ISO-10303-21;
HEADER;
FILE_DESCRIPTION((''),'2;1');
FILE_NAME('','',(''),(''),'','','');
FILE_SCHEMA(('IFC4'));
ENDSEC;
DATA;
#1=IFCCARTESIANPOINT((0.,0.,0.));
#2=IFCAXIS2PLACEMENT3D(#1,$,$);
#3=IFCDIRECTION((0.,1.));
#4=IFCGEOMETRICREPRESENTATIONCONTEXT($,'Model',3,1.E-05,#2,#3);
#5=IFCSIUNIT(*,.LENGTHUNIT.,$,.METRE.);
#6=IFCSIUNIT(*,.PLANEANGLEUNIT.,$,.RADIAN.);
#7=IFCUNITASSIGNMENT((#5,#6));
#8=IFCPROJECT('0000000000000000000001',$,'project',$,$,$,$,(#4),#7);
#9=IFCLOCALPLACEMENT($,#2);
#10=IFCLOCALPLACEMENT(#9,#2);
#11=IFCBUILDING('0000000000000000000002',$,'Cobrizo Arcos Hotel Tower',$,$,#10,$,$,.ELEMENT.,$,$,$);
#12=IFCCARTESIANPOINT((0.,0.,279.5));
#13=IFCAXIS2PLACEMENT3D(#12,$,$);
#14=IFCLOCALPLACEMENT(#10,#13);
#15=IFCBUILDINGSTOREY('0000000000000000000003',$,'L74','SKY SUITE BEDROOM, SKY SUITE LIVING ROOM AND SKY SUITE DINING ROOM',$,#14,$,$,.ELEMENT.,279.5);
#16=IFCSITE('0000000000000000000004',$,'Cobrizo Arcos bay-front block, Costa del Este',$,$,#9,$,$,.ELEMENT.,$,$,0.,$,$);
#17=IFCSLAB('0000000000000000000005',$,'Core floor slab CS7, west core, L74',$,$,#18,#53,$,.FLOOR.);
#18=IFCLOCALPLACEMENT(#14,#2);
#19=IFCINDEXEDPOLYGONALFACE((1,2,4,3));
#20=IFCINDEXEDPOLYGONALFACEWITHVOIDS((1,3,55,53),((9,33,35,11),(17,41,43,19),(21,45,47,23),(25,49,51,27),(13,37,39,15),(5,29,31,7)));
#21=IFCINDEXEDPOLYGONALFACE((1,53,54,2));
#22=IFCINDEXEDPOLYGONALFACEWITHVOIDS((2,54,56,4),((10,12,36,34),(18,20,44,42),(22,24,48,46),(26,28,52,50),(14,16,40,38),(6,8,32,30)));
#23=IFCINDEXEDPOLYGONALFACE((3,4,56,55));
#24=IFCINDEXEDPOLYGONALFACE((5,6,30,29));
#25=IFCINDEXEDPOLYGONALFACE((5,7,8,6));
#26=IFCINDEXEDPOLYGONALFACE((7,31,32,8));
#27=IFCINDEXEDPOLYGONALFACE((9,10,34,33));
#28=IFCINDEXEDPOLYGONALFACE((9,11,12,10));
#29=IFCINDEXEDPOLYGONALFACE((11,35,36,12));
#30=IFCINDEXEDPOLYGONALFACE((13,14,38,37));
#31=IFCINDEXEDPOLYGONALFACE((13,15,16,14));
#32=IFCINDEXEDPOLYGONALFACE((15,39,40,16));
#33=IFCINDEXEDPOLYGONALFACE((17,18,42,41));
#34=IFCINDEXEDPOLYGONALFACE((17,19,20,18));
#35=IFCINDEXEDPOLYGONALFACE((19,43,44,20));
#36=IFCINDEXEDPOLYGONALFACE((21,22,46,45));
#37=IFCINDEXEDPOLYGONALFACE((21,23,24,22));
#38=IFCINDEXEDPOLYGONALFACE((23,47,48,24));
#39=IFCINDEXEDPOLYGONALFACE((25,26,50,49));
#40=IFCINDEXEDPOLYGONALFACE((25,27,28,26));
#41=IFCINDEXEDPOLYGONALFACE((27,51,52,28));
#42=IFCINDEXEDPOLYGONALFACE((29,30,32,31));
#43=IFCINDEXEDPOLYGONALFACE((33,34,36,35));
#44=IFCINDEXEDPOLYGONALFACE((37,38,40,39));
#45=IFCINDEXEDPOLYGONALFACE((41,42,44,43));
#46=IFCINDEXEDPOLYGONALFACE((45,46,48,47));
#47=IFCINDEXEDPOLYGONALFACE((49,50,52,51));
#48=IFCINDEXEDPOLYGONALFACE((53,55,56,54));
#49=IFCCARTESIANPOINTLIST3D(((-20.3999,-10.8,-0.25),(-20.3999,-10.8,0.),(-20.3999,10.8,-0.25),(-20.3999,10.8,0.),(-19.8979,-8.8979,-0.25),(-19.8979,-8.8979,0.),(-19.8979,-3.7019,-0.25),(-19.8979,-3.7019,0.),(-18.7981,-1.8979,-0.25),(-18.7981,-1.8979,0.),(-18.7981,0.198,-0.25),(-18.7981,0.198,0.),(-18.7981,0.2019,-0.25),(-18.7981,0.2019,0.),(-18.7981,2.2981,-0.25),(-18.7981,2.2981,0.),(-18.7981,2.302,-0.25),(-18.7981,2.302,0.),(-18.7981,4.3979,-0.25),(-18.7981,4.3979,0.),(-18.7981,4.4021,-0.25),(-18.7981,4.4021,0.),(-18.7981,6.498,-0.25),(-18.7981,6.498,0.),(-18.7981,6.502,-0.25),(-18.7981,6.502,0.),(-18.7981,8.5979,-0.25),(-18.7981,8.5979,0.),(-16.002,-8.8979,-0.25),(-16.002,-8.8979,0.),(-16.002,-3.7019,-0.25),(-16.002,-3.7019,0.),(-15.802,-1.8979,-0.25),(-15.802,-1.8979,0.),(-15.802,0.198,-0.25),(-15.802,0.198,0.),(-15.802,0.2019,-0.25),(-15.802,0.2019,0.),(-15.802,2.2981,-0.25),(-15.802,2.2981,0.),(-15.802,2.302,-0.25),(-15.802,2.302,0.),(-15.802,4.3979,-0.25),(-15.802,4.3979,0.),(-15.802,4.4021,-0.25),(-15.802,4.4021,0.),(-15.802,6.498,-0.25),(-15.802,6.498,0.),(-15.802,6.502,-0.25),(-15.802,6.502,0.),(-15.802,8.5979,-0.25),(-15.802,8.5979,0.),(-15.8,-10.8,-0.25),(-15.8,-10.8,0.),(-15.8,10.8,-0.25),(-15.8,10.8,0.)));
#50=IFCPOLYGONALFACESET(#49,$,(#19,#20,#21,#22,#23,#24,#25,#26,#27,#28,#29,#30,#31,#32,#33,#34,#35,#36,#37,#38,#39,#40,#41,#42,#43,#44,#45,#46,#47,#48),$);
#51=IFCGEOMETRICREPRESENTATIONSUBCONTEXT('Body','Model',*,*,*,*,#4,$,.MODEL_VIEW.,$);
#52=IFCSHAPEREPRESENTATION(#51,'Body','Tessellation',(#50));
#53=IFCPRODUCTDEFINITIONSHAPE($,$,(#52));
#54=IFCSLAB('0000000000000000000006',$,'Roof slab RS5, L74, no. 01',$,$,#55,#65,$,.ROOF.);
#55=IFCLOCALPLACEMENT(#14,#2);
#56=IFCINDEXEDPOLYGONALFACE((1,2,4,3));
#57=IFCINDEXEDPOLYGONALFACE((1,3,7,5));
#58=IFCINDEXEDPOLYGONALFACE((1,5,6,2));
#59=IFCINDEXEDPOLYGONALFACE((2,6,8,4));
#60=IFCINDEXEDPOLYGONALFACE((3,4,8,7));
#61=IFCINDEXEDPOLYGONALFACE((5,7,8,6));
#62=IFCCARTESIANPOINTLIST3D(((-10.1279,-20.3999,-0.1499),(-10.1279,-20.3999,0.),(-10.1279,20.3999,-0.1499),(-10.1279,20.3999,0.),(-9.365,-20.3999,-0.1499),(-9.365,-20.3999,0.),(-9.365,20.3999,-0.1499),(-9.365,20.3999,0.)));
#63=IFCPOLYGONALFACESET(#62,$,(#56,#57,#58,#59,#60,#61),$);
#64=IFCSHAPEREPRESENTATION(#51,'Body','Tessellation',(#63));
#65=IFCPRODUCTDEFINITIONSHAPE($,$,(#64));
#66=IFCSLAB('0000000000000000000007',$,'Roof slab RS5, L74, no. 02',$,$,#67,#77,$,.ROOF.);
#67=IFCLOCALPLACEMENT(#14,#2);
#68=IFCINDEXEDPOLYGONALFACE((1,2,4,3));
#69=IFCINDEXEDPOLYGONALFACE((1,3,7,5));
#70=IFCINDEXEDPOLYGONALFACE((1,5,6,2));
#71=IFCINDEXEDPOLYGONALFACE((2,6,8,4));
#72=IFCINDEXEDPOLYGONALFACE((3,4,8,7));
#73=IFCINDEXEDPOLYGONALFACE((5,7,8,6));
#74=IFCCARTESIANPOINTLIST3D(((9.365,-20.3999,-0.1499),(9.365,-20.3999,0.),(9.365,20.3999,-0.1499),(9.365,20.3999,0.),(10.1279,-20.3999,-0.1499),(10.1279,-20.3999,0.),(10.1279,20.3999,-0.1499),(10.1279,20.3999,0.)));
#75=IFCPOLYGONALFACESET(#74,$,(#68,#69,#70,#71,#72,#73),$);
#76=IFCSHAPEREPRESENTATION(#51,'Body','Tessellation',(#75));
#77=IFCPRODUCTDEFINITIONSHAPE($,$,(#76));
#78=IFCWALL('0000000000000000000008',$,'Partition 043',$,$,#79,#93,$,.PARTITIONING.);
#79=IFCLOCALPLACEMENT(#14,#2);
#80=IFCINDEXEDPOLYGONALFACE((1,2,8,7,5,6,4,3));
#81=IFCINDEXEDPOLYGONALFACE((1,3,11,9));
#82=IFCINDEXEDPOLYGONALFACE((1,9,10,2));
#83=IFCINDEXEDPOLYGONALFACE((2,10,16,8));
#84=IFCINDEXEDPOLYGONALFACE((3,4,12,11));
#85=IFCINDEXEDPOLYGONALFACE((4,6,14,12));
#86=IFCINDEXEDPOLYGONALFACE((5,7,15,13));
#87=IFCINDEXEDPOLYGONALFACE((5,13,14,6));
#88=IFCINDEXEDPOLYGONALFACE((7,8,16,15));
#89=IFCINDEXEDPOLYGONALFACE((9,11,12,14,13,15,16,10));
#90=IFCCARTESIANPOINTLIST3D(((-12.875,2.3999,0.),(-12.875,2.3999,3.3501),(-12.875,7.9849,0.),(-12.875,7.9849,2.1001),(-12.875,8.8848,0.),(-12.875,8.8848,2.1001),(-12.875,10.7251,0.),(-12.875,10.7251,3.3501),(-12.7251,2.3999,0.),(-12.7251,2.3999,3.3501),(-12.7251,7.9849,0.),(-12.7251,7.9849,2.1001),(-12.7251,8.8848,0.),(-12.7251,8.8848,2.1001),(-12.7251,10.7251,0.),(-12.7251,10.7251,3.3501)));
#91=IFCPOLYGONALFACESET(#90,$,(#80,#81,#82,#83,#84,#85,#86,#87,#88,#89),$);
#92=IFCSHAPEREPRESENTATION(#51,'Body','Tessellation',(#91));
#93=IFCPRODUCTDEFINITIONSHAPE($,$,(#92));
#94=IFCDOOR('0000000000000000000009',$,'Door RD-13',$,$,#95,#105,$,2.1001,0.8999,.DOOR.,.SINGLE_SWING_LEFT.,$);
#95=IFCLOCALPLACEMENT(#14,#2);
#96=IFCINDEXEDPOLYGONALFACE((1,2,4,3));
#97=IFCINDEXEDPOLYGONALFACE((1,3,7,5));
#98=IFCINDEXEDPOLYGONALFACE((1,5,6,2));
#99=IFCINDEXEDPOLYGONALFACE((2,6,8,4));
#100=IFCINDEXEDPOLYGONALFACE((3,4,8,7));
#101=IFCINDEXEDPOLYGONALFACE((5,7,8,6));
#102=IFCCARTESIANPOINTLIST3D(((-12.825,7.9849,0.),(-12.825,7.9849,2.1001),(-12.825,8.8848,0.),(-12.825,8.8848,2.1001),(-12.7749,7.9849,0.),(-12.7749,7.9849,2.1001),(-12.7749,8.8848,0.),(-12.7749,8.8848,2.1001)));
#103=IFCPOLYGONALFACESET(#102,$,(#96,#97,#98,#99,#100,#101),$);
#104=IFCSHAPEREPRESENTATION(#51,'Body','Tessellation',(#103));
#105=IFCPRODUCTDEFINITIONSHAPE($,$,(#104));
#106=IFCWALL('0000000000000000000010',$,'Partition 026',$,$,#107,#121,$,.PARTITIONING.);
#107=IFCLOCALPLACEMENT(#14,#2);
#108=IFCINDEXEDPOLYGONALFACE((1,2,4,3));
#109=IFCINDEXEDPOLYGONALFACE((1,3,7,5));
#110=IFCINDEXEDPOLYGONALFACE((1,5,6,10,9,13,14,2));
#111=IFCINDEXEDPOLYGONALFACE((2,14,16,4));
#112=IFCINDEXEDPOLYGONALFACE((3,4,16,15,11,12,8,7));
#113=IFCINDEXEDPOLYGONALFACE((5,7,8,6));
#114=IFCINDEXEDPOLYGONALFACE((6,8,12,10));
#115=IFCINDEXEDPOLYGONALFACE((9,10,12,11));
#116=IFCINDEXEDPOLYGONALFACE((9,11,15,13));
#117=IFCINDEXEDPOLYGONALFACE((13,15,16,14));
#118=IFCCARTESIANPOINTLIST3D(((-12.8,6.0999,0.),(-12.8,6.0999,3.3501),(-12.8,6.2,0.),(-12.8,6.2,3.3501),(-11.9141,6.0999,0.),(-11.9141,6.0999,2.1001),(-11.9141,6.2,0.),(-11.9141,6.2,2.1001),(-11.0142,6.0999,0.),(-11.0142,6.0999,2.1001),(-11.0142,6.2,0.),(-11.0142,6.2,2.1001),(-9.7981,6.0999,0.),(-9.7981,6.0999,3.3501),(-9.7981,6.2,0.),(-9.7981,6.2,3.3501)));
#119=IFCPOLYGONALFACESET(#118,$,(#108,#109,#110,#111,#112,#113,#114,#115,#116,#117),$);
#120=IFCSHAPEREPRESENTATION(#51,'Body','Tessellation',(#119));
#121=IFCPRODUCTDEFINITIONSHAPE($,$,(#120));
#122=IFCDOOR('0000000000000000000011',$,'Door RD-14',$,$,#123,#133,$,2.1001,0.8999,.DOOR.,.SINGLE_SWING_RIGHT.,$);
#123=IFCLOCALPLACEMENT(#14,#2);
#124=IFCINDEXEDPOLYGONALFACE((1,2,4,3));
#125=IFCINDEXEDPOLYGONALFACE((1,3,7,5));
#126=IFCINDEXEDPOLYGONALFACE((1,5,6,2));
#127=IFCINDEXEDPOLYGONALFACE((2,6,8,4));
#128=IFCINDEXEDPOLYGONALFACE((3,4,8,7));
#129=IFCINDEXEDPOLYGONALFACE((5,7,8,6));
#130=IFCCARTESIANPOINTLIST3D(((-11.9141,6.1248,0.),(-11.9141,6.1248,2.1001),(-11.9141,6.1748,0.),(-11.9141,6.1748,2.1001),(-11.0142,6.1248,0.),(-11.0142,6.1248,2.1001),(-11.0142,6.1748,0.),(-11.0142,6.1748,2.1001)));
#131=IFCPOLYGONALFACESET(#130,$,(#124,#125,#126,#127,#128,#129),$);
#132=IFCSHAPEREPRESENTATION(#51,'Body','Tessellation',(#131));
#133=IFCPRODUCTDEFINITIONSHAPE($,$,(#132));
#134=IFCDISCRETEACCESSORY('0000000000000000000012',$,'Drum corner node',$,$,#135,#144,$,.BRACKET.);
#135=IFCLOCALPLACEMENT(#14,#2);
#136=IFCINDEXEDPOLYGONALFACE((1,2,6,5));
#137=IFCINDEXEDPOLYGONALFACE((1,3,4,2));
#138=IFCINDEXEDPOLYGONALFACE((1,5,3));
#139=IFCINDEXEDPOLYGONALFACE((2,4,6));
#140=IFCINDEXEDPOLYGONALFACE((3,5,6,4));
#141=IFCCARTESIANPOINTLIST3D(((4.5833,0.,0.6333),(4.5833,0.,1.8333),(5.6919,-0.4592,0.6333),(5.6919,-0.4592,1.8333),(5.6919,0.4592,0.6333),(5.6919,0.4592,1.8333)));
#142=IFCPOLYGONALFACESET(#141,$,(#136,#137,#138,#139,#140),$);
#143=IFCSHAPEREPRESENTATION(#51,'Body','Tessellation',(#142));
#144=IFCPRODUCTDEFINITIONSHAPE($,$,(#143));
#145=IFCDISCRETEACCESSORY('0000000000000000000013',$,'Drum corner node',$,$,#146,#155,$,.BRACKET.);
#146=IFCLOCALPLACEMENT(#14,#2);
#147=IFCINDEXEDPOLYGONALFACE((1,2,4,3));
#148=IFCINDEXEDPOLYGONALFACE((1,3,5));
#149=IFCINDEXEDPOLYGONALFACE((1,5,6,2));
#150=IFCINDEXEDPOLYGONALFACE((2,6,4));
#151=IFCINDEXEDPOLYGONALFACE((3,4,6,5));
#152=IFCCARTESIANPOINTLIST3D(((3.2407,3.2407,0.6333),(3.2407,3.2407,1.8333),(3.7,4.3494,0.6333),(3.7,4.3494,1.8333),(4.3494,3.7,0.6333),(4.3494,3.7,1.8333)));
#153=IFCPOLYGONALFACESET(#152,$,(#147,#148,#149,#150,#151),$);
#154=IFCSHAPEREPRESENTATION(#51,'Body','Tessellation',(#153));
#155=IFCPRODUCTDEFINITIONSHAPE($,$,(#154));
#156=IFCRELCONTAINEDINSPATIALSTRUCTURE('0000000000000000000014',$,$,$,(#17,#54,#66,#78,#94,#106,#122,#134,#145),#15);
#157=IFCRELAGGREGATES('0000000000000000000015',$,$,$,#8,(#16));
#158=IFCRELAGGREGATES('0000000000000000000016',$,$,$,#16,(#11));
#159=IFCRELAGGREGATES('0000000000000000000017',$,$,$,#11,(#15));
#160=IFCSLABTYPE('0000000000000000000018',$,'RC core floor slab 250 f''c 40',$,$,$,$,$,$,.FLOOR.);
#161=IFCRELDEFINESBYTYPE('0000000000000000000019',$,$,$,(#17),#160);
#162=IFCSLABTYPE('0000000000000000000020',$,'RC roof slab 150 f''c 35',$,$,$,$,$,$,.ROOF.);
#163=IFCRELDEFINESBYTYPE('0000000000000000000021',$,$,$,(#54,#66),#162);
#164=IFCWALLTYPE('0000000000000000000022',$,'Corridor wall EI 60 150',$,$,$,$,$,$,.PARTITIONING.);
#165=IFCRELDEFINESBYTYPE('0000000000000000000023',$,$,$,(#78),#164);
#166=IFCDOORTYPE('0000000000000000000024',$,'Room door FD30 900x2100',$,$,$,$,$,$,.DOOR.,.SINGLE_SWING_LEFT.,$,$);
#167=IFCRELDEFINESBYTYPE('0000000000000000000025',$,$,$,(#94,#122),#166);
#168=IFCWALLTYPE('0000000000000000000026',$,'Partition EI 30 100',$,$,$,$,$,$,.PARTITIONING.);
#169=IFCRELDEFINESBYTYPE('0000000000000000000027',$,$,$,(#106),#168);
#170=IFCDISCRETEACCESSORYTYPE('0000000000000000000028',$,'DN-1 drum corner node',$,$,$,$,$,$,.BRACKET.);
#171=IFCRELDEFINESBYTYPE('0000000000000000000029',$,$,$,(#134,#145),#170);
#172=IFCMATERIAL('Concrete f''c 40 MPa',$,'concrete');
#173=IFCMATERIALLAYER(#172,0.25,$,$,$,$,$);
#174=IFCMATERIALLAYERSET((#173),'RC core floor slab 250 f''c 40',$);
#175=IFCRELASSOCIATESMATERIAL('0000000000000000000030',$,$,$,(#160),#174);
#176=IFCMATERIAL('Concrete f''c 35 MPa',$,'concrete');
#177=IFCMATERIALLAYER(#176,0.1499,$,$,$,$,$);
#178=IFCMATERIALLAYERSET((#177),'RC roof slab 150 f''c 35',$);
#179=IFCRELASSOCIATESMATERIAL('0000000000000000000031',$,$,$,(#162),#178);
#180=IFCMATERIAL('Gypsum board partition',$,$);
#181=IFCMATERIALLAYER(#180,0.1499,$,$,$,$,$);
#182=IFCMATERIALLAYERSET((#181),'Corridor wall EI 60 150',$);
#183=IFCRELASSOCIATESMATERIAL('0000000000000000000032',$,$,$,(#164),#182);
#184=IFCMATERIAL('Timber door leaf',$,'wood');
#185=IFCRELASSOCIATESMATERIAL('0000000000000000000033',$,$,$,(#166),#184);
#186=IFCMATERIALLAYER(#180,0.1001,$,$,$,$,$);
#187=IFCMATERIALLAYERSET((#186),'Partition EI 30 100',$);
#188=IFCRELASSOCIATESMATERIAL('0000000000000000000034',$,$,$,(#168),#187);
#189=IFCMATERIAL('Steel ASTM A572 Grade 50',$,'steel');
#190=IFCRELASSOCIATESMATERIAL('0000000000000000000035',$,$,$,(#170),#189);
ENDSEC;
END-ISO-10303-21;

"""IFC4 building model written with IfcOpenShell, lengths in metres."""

from ifc_helpers import new_model, si_unit, direction, frame, frame_2d, origin, place, context, subcontext, project, spatial, polyline, rectangle, outline, extrude, material, layer, layer_set, type_object, element, fill, save


model = new_model("IFC4")

# Units and contexts
model_context = context("Model", 3, precision=1e-05, world=origin(), true_north=direction((0.0, 1.0)))
body_context = subcontext(model_context, "Body", "Model", "MODEL_VIEW")
ifc_project = project(units=[si_unit("LENGTHUNIT", "METRE"), si_unit("PLANEANGLEUNIT", "RADIAN")], contexts=[model_context])

# Site, building, storey
site_placement = place(None, origin())
site = spatial("IfcSite", under=ifc_project, at=site_placement, Name="Cobrizo Arcos bay-front block, Costa del Este", CompositionType="ELEMENT", RefElevation=0.0)
building_placement = place(site_placement, origin())
building = spatial("IfcBuilding", under=site, at=building_placement, Name="Cobrizo Arcos Hotel Tower", CompositionType="ELEMENT")
storey_placement = place(building_placement, frame((0.0, 0.0, 279.5)))
storey = spatial("IfcBuildingStorey", under=building, at=storey_placement, Name="L74", Description="SKY SUITE BEDROOM, SKY SUITE LIVING ROOM AND SKY SUITE DINING ROOM", CompositionType="ELEMENT", Elevation=279.5)

# Shared definitions
ifc_material_1 = material(Name="Steel ASTM A572 Grade 50", Category="steel")

# Slabs
ifc_material_2 = material(Name="Concrete f'c 35 MPa", Category="concrete")
ifc_material_3 = material(Name="Concrete f'c 40 MPa", Category="concrete")
ifc_layer_1 = layer(ifc_material_3, 0.25)
ifc_layer_set_1 = layer_set([ifc_layer_1], Name="RC core floor slab 250 f'c 40")
slab_type_1 = type_object("IfcSlabType", Name="RC core floor slab 250 f'c 40", PredefinedType="FLOOR", material=ifc_layer_set_1)
slab_1_placement = place(storey_placement, frame((0.0, 0.0, -0.25)))
element("IfcSlab", 1, at=slab_1_placement, inside=storey, type_object=slab_type_1, Name="Core floor slab CS7, west core, L74", PredefinedType="FLOOR", context=body_context, shape_type="SweptSolid", body=[
    extrude(outline(polyline([(-20.3999, 10.8), (-15.8, 10.8), (-15.8, -10.8), (-20.3999, -10.8), (-20.3999, 10.8)]), holes=[polyline([(-19.8979, -3.7019), (-19.8979, -8.8979), (-16.002, -8.8979), (-16.002, -3.7019), (-19.8979, -3.7019)]), polyline([(-18.7981, 0.198), (-18.7981, -1.8979), (-15.802, -1.8979), (-15.802, 0.198), (-18.7981, 0.198)]), polyline([(-18.7981, 2.2981), (-18.7981, 0.2019), (-15.802, 0.2019), (-15.802, 2.2981), (-18.7981, 2.2981)]), polyline([(-18.7981, 4.3979), (-18.7981, 2.302), (-15.802, 2.302), (-15.802, 4.3979), (-18.7981, 4.3979)]), polyline([(-15.802, 6.498), (-18.7981, 6.498), (-18.7981, 4.4021), (-15.802, 4.4021), (-15.802, 6.498)]), polyline([(-15.802, 8.5979), (-18.7981, 8.5979), (-18.7981, 6.502), (-15.802, 6.502), (-15.802, 8.5979)])]), origin(), (0.0, 0.0, 1.0), 0.25),
])
ifc_layer_2 = layer(ifc_material_2, 0.1499)
ifc_layer_set_2 = layer_set([ifc_layer_2], Name="RC roof slab 150 f'c 35")
slab_type_2 = type_object("IfcSlabType", Name="RC roof slab 150 f'c 35", PredefinedType="ROOF", material=ifc_layer_set_2)
slab_2_placement = place(storey_placement, frame((0.0, 0.0, -0.1499)))
element("IfcSlab", 2, at=slab_2_placement, inside=storey, type_object=slab_type_2, Name="Roof slab RS5, L74, no. 01", PredefinedType="ROOF", context=body_context, shape_type="SweptSolid", body=[
    extrude(outline(polyline([(-10.1279, -20.3999), (-10.1279, 20.3999), (-9.365, 20.3999), (-9.365, -20.3999), (-10.1279, -20.3999)])), origin(), (0.0, 0.0, 1.0), 0.1499),
])
slab_3_placement = place(storey_placement, frame((0.0, 0.0, -0.1499)))
element("IfcSlab", 3, at=slab_3_placement, inside=storey, type_object=slab_type_2, Name="Roof slab RS5, L74, no. 02", PredefinedType="ROOF", context=body_context, shape_type="SweptSolid", body=[
    extrude(outline(polyline([(10.1279, 20.3999), (10.1279, -20.3999), (9.365, -20.3999), (9.365, 20.3999), (10.1279, 20.3999)])), origin(), (0.0, 0.0, 1.0), 0.1499),
])

# Walls, openings, doors
ifc_material_4 = material(Name="Gypsum board partition")
ifc_layer_3 = layer(ifc_material_4, 0.1499)
ifc_layer_set_3 = layer_set([ifc_layer_3], Name="Corridor wall EI 60 150")
wall_type_1 = type_object("IfcWallType", Name="Corridor wall EI 60 150", PredefinedType="PARTITIONING", material=ifc_layer_set_3)
wall_1_placement = place(storey_placement, frame((-12.8, 2.3999, 0.0), z_axis=(0.0, 0.0, 1.0), x_axis=(0.0, 1.0, 0.0)))
wall_1 = element("IfcWall", 4, at=wall_1_placement, inside=storey, type_object=wall_type_1, Name="Partition 043", PredefinedType="PARTITIONING", context=body_context, shape_type="SweptSolid", body=[
    extrude(rectangle(XDim=8.3252, YDim=0.1499, at=frame_2d((4.1626, 0.0))), origin(), (0.0, 0.0, 1.0), 3.3501),
])
opening_1_placement = place(wall_1_placement, frame((5.585, 0.0, 0.0)))
opening_1 = element("IfcOpeningElement", 5, at=opening_1_placement, cuts=wall_1, PredefinedType="OPENING", context=body_context, shape_type="SweptSolid", body=[
    extrude(rectangle(XDim=0.8999, YDim=2.1001, at=frame_2d((0.45, 1.05))), frame((0.0, 0.0869, 0.0), z_axis=(0.0, -1.0, 0.0), x_axis=(1.0, 0.0, 0.0)), (0.0, 0.0, 1.0), 0.1738),
])
ifc_material_5 = material(Name="Timber door leaf", Category="wood")
door_type = type_object("IfcDoorType", Name="Room door FD30 900x2100", OperationType="SINGLE_SWING_LEFT", PredefinedType="DOOR", material=ifc_material_5)
door_1_placement = place(opening_1_placement, origin())
door_1 = element("IfcDoor", 6, at=door_1_placement, inside=storey, type_object=door_type, Name="Door RD-13", OperationType="SINGLE_SWING_LEFT", OverallHeight=2.1001, OverallWidth=0.8999, PredefinedType="DOOR", context=body_context, shape_type="SweptSolid", body=[
    extrude(rectangle(XDim=0.8999, YDim=2.1001, at=frame_2d((0.45, 1.05))), frame((0.0, 0.0249, 0.0), z_axis=(0.0, -1.0, 0.0), x_axis=(1.0, 0.0, 0.0)), (0.0, 0.0, 1.0), 0.05),
])
fill(opening_1, door_1)
ifc_layer_4 = layer(ifc_material_4, 0.1001)
ifc_layer_set_4 = layer_set([ifc_layer_4], Name="Partition EI 30 100")
wall_type_2 = type_object("IfcWallType", Name="Partition EI 30 100", PredefinedType="PARTITIONING", material=ifc_layer_set_4)
wall_2_placement = place(storey_placement, frame((-12.8, 6.1499, 0.0), z_axis=(0.0, 0.0, 1.0), x_axis=(1.0, 0.0, 0.0)))
wall_2 = element("IfcWall", 7, at=wall_2_placement, inside=storey, type_object=wall_type_2, Name="Partition 026", PredefinedType="PARTITIONING", context=body_context, shape_type="SweptSolid", body=[
    extrude(rectangle(XDim=3.002, YDim=0.1001, at=frame_2d((1.501, 0.0))), origin(), (0.0, 0.0, 1.0), 3.3501),
])
opening_2_placement = place(wall_2_placement, frame((0.886, 0.0, 0.0)))
opening_2 = element("IfcOpeningElement", 8, at=opening_2_placement, cuts=wall_2, PredefinedType="OPENING", context=body_context, shape_type="SweptSolid", body=[
    extrude(rectangle(XDim=0.8999, YDim=2.1001, at=frame_2d((0.45, 1.05))), frame((0.0, 0.062, 0.0), z_axis=(0.0, -1.0, 0.0), x_axis=(1.0, 0.0, 0.0)), (0.0, 0.0, 1.0), 0.124),
])
door_2_placement = place(opening_2_placement, origin())
door_2 = element("IfcDoor", 9, at=door_2_placement, inside=storey, type_object=door_type, Name="Door RD-14", OperationType="SINGLE_SWING_RIGHT", OverallHeight=2.1001, OverallWidth=0.8999, PredefinedType="DOOR", context=body_context, shape_type="SweptSolid", body=[
    extrude(rectangle(XDim=0.8999, YDim=2.1001, at=frame_2d((0.45, 1.05))), frame((0.0, 0.0249, 0.0), z_axis=(0.0, -1.0, 0.0), x_axis=(1.0, 0.0, 0.0)), (0.0, 0.0, 1.0), 0.05),
])
fill(opening_2, door_2)

# Discrete accessories
discrete_accessory_type = type_object("IfcDiscreteAccessoryType", Name="DN-1 drum corner node", PredefinedType="BRACKET", material=ifc_material_1)
discrete_accessory_1_placement = place(storey_placement, frame((0.0, 0.0, 0.6333)))
element("IfcDiscreteAccessory", 10, at=discrete_accessory_1_placement, inside=storey, type_object=discrete_accessory_type, Name="Drum corner node", PredefinedType="BRACKET", context=body_context, shape_type="SweptSolid", body=[
    extrude(outline(polyline([(5.6919, -0.4592), (4.5833, 0.0), (4.5833, 0.0), (5.6919, 0.4592), (5.6919, -0.4592)])), origin(), (0.0, 0.0, 1.0), 1.2),
])
discrete_accessory_2_placement = place(storey_placement, frame((0.0, 0.0, 0.6333)))
element("IfcDiscreteAccessory", 11, at=discrete_accessory_2_placement, inside=storey, type_object=discrete_accessory_type, Name="Drum corner node", PredefinedType="BRACKET", context=body_context, shape_type="SweptSolid", body=[
    extrude(outline(polyline([(3.2407, 3.2407), (3.2407, 3.2407), (3.7, 4.3494), (4.3494, 3.7), (3.2407, 3.2407)])), origin(), (0.0, 0.0, 1.0), 1.2),
])

save(model, "model.ifc")
